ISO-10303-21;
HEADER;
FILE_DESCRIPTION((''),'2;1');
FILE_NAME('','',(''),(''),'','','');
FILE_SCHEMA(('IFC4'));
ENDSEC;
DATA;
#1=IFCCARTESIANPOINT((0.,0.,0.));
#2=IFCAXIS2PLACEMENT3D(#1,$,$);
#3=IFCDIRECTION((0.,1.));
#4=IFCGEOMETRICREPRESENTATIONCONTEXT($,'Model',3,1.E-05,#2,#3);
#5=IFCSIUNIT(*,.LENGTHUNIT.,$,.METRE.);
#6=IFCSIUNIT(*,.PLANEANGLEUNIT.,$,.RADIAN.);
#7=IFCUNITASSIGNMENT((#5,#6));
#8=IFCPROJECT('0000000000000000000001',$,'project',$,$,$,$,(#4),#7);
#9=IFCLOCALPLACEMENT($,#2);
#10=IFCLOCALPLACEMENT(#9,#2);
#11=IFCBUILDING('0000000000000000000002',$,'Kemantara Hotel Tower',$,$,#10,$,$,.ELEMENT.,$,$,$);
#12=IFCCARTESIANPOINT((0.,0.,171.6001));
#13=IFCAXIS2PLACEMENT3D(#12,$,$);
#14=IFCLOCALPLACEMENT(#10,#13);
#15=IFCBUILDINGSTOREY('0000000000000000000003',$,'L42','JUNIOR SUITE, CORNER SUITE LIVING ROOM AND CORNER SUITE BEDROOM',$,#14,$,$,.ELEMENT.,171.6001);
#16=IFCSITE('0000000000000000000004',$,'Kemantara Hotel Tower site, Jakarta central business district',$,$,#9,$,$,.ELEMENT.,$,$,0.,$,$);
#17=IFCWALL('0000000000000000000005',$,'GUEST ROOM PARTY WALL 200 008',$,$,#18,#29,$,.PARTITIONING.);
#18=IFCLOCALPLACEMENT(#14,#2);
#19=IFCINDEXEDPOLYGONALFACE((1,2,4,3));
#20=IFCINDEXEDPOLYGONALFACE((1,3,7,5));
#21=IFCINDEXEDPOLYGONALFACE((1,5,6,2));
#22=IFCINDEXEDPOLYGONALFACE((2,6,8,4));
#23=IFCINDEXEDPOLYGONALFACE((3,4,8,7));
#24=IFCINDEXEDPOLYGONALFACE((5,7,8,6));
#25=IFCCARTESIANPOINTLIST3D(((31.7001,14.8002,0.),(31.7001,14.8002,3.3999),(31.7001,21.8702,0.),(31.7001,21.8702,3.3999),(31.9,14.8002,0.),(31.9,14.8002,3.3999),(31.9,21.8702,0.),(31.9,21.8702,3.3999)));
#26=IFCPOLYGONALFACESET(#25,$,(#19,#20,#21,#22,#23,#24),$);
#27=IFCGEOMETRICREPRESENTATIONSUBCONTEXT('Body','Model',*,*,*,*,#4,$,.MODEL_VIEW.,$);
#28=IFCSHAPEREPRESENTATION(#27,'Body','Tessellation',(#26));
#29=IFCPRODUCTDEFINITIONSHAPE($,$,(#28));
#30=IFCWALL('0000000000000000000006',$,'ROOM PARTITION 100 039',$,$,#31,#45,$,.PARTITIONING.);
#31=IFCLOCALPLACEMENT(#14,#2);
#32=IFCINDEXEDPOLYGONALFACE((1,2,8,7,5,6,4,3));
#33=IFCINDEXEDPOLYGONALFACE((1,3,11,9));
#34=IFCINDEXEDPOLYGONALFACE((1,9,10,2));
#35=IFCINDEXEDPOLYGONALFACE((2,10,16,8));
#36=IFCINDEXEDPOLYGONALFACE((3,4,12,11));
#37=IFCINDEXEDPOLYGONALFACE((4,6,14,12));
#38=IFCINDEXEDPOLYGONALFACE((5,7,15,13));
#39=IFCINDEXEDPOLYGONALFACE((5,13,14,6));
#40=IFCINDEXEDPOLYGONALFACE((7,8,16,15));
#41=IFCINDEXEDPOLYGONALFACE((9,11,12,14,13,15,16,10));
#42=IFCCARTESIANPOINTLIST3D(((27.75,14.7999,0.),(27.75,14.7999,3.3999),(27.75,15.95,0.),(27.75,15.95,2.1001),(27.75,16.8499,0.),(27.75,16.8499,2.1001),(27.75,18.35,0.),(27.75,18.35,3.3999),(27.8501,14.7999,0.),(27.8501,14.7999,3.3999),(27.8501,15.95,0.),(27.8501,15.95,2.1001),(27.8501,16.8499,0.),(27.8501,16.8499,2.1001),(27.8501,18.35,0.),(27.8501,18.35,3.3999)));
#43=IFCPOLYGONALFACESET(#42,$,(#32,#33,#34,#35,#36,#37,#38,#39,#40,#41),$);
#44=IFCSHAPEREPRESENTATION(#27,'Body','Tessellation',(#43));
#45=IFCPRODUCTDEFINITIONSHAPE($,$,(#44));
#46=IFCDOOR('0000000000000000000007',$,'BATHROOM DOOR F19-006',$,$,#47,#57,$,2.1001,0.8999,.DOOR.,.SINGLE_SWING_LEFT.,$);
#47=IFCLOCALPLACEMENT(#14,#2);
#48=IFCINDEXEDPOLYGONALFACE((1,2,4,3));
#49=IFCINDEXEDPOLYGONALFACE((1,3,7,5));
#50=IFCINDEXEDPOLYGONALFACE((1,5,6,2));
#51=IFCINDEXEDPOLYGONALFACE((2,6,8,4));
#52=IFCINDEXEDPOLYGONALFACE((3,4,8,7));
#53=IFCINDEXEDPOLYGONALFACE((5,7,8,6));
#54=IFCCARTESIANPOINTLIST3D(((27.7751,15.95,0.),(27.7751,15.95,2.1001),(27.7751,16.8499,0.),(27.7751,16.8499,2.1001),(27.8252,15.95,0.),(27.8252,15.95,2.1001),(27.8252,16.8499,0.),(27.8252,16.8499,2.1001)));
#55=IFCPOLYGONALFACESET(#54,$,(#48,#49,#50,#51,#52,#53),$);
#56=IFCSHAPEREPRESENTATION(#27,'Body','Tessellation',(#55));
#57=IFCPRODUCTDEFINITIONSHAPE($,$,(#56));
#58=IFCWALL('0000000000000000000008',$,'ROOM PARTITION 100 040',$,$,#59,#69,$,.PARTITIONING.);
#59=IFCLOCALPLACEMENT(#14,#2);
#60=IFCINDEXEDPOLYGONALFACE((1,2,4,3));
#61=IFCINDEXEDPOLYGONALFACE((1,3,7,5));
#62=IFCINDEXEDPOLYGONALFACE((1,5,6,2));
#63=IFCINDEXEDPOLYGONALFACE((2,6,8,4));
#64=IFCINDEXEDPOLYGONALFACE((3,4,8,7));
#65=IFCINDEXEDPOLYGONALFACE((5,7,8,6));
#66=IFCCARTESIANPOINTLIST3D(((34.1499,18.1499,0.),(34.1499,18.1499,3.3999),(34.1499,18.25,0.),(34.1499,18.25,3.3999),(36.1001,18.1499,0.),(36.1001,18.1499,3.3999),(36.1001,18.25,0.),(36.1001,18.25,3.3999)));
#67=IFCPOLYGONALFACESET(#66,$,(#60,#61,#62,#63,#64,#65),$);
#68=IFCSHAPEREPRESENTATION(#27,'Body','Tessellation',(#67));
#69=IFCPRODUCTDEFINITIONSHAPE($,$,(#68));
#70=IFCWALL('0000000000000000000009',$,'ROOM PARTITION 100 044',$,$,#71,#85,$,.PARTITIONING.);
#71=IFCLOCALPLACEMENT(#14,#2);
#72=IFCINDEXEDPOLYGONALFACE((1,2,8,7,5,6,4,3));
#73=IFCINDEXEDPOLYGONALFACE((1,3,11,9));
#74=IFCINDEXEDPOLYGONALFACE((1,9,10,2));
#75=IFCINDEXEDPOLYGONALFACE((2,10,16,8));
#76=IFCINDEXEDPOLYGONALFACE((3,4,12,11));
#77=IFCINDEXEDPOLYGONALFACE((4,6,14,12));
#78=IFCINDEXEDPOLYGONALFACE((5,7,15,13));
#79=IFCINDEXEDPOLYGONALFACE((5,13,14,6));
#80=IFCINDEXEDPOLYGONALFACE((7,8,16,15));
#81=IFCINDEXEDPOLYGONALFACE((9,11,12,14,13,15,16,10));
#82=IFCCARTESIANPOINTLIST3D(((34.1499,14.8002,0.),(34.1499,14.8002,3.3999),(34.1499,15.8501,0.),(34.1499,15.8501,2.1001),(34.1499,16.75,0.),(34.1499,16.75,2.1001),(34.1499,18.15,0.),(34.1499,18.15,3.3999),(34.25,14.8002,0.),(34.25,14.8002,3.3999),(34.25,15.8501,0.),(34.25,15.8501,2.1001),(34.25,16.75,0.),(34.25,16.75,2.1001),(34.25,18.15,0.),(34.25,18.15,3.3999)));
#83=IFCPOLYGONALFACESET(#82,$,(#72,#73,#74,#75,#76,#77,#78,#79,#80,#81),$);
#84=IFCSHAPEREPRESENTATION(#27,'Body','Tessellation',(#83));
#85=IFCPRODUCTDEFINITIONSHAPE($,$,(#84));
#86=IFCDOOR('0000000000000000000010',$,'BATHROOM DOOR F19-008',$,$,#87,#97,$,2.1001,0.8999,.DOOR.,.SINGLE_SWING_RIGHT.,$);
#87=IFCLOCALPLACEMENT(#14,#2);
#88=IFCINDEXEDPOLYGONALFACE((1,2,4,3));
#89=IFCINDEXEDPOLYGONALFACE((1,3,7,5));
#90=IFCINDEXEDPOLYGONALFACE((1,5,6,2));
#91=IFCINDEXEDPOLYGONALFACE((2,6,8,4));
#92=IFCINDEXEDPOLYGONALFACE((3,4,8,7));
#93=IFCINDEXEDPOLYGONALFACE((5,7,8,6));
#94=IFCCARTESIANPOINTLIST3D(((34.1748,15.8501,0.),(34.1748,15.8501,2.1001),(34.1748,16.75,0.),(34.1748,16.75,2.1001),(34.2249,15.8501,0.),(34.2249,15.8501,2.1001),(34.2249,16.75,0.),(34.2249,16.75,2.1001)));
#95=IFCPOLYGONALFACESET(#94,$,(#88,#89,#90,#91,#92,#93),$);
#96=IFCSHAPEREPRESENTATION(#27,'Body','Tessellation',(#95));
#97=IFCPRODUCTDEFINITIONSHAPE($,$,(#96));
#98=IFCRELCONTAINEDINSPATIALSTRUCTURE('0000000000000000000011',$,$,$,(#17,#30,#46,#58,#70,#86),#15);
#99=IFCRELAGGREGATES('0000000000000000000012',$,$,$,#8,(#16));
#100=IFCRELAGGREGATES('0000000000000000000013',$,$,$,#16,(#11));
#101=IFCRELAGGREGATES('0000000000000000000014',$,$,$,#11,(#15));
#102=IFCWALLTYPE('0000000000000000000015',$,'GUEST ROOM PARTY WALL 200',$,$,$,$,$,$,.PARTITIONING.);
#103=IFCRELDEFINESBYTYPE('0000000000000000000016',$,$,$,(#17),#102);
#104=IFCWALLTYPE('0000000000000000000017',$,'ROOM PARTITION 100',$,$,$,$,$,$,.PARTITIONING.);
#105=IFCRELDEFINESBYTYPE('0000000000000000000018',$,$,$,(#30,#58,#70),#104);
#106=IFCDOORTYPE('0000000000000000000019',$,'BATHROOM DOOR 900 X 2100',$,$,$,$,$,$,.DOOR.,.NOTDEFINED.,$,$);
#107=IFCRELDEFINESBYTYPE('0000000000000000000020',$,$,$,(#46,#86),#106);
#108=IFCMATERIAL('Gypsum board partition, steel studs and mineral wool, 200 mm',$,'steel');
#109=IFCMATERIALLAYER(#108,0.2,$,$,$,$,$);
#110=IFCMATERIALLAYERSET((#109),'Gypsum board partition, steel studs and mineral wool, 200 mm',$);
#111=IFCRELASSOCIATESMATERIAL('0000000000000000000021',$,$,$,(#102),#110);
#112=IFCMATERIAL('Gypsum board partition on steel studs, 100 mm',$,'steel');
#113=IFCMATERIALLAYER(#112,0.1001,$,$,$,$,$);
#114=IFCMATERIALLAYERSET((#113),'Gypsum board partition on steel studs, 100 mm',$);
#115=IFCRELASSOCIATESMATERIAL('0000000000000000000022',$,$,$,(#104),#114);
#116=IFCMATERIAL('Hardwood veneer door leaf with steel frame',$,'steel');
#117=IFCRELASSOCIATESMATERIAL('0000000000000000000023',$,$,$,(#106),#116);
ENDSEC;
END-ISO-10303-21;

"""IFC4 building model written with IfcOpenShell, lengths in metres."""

from ifc_helpers import new_model, si_unit, direction, frame, frame_2d, origin, place, context, subcontext, project, spatial, rectangle, extrude, material, layer, layer_set, type_object, element, fill, save


model = new_model("IFC4")

# Units and contexts
model_context = context("Model", 3, precision=1e-05, world=origin(), true_north=direction((0.0, 1.0)))
body_context = subcontext(model_context, "Body", "Model", "MODEL_VIEW")
ifc_project = project(units=[si_unit("LENGTHUNIT", "METRE"), si_unit("PLANEANGLEUNIT", "RADIAN")], contexts=[model_context])

# Site, building, storey
site_placement = place(None, origin())
site = spatial("IfcSite", under=ifc_project, at=site_placement, Name="Kemantara Hotel Tower site, Jakarta central business district", CompositionType="ELEMENT", RefElevation=0.0)
building_placement = place(site_placement, origin())
building = spatial("IfcBuilding", under=site, at=building_placement, Name="Kemantara Hotel Tower", CompositionType="ELEMENT")
storey_placement = place(building_placement, frame((0.0, 0.0, 171.6001)))
storey = spatial("IfcBuildingStorey", under=building, at=storey_placement, Name="L42", Description="JUNIOR SUITE, CORNER SUITE LIVING ROOM AND CORNER SUITE BEDROOM", CompositionType="ELEMENT", Elevation=171.6001)

# Shared definitions
ifc_material_1 = material(Name="Gypsum board partition, steel studs and mineral wool, 200 mm", Category="steel")
ifc_material_2 = material(Name="Hardwood veneer door leaf with steel frame", Category="steel")

# Wall
ifc_layer_1 = layer(ifc_material_1, 0.2)
ifc_layer_set_1 = layer_set([ifc_layer_1], Name="Gypsum board partition, steel studs and mineral wool, 200 mm")
wall_type_1 = type_object("IfcWallType", Name="GUEST ROOM PARTY WALL 200", PredefinedType="PARTITIONING", material=ifc_layer_set_1)
wall_1_placement = place(storey_placement, frame((31.8, 14.8, 0.0), z_axis=(0.0, 0.0, 1.0), x_axis=(0.0, 1.0, 0.0)))
element("IfcWall", 1, at=wall_1_placement, inside=storey, type_object=wall_type_1, Name="GUEST ROOM PARTY WALL 200 008", PredefinedType="PARTITIONING", context=body_context, shape_type="SweptSolid", body=[
    extrude(rectangle(XDim=7.0701, YDim=0.2, at=frame_2d((3.5352, 0.0))), origin(), (0.0, 0.0, 1.0), 3.3999),
])

# Wall, opening, door
ifc_material_3 = material(Name="Gypsum board partition on steel studs, 100 mm", Category="steel")
ifc_layer_2 = layer(ifc_material_3, 0.1001)
ifc_layer_set_2 = layer_set([ifc_layer_2], Name="Gypsum board partition on steel studs, 100 mm")
wall_type_2 = type_object("IfcWallType", Name="ROOM PARTITION 100", PredefinedType="PARTITIONING", material=ifc_layer_set_2)
wall_2_placement = place(storey_placement, frame((27.8, 14.8, 0.0), z_axis=(0.0, 0.0, 1.0), x_axis=(0.0, 1.0, 0.0)))
wall_2 = element("IfcWall", 2, at=wall_2_placement, inside=storey, type_object=wall_type_2, Name="ROOM PARTITION 100 039", PredefinedType="PARTITIONING", context=body_context, shape_type="SweptSolid", body=[
    extrude(rectangle(XDim=3.55, YDim=0.1001, at=frame_2d((1.7749, 0.0))), origin(), (0.0, 0.0, 1.0), 3.3999),
])
opening_1_placement = place(wall_2_placement, frame((1.1499, 0.0, 0.0)))
opening_1 = element("IfcOpeningElement", 3, at=opening_1_placement, cuts=wall_2, PredefinedType="OPENING", context=body_context, shape_type="SweptSolid", body=[
    extrude(rectangle(XDim=0.8999, YDim=2.1001, at=frame_2d((0.45, 1.05))), frame((0.0, 0.0601, 0.0), z_axis=(0.0, -1.0, 0.0), x_axis=(1.0, 0.0, 0.0)), (0.0, 0.0, 1.0), 0.1201),
])
door_type_1 = type_object("IfcDoorType", Name="BATHROOM DOOR 900 X 2100", OperationType="NOTDEFINED", PredefinedType="DOOR", material=ifc_material_2)
door_1_placement = place(opening_1_placement, origin())
door_1 = element("IfcDoor", 4, at=door_1_placement, inside=storey, type_object=door_type_1, Name="BATHROOM DOOR F19-006", OperationType="SINGLE_SWING_LEFT", OverallHeight=2.1001, OverallWidth=0.8999, PredefinedType="DOOR", context=body_context, shape_type="SweptSolid", body=[
    extrude(rectangle(XDim=0.8999, YDim=2.1001, at=frame_2d((0.45, 1.05))), frame((0.0, 0.0249, 0.0), z_axis=(0.0, -1.0, 0.0), x_axis=(1.0, 0.0, 0.0)), (0.0, 0.0, 1.0), 0.05),
])
fill(opening_1, door_1)

# Wall
wall_3_placement = place(storey_placement, frame((34.1499, 18.2, 0.0), z_axis=(0.0, 0.0, 1.0), x_axis=(1.0, 0.0, 0.0)))
element("IfcWall", 5, at=wall_3_placement, inside=storey, type_object=wall_type_2, Name="ROOM PARTITION 100 040", PredefinedType="PARTITIONING", context=body_context, shape_type="SweptSolid", body=[
    extrude(rectangle(XDim=1.9502, YDim=0.1001, at=frame_2d((0.9751, 0.0))), origin(), (0.0, 0.0, 1.0), 3.3999),
])

# Wall, opening, door
wall_4_placement = place(storey_placement, frame((34.2, 18.1499, 0.0), z_axis=(0.0, 0.0, 1.0), x_axis=(0.0, -1.0, 0.0)))
wall_4 = element("IfcWall", 6, at=wall_4_placement, inside=storey, type_object=wall_type_2, Name="ROOM PARTITION 100 044", PredefinedType="PARTITIONING", context=body_context, shape_type="SweptSolid", body=[
    extrude(rectangle(XDim=3.3499, YDim=0.1001, at=frame_2d((1.6748, 0.0))), origin(), (0.0, 0.0, 1.0), 3.3999),
])
opening_2_placement = place(wall_4_placement, frame((1.3999, 0.0, 0.0)))
opening_2 = element("IfcOpeningElement", 7, at=opening_2_placement, cuts=wall_4, PredefinedType="OPENING", context=body_context, shape_type="SweptSolid", body=[
    extrude(rectangle(XDim=0.8999, YDim=2.1001, at=frame_2d((0.45, 1.05))), frame((0.0, 0.0601, 0.0), z_axis=(0.0, -1.0, 0.0), x_axis=(1.0, 0.0, 0.0)), (0.0, 0.0, 1.0), 0.1201),
])
door_2_placement = place(opening_2_placement, origin())
door_2 = element("IfcDoor", 8, at=door_2_placement, inside=storey, type_object=door_type_1, Name="BATHROOM DOOR F19-008", OperationType="SINGLE_SWING_RIGHT", OverallHeight=2.1001, OverallWidth=0.8999, PredefinedType="DOOR", context=body_context, shape_type="SweptSolid", body=[
    extrude(rectangle(XDim=0.8999, YDim=2.1001, at=frame_2d((0.45, 1.05))), frame((0.0, 0.0249, 0.0), z_axis=(0.0, -1.0, 0.0), x_axis=(1.0, 0.0, 0.0)), (0.0, 0.0, 1.0), 0.05),
])
fill(opening_2, door_2)

save(model, "model.ifc")
